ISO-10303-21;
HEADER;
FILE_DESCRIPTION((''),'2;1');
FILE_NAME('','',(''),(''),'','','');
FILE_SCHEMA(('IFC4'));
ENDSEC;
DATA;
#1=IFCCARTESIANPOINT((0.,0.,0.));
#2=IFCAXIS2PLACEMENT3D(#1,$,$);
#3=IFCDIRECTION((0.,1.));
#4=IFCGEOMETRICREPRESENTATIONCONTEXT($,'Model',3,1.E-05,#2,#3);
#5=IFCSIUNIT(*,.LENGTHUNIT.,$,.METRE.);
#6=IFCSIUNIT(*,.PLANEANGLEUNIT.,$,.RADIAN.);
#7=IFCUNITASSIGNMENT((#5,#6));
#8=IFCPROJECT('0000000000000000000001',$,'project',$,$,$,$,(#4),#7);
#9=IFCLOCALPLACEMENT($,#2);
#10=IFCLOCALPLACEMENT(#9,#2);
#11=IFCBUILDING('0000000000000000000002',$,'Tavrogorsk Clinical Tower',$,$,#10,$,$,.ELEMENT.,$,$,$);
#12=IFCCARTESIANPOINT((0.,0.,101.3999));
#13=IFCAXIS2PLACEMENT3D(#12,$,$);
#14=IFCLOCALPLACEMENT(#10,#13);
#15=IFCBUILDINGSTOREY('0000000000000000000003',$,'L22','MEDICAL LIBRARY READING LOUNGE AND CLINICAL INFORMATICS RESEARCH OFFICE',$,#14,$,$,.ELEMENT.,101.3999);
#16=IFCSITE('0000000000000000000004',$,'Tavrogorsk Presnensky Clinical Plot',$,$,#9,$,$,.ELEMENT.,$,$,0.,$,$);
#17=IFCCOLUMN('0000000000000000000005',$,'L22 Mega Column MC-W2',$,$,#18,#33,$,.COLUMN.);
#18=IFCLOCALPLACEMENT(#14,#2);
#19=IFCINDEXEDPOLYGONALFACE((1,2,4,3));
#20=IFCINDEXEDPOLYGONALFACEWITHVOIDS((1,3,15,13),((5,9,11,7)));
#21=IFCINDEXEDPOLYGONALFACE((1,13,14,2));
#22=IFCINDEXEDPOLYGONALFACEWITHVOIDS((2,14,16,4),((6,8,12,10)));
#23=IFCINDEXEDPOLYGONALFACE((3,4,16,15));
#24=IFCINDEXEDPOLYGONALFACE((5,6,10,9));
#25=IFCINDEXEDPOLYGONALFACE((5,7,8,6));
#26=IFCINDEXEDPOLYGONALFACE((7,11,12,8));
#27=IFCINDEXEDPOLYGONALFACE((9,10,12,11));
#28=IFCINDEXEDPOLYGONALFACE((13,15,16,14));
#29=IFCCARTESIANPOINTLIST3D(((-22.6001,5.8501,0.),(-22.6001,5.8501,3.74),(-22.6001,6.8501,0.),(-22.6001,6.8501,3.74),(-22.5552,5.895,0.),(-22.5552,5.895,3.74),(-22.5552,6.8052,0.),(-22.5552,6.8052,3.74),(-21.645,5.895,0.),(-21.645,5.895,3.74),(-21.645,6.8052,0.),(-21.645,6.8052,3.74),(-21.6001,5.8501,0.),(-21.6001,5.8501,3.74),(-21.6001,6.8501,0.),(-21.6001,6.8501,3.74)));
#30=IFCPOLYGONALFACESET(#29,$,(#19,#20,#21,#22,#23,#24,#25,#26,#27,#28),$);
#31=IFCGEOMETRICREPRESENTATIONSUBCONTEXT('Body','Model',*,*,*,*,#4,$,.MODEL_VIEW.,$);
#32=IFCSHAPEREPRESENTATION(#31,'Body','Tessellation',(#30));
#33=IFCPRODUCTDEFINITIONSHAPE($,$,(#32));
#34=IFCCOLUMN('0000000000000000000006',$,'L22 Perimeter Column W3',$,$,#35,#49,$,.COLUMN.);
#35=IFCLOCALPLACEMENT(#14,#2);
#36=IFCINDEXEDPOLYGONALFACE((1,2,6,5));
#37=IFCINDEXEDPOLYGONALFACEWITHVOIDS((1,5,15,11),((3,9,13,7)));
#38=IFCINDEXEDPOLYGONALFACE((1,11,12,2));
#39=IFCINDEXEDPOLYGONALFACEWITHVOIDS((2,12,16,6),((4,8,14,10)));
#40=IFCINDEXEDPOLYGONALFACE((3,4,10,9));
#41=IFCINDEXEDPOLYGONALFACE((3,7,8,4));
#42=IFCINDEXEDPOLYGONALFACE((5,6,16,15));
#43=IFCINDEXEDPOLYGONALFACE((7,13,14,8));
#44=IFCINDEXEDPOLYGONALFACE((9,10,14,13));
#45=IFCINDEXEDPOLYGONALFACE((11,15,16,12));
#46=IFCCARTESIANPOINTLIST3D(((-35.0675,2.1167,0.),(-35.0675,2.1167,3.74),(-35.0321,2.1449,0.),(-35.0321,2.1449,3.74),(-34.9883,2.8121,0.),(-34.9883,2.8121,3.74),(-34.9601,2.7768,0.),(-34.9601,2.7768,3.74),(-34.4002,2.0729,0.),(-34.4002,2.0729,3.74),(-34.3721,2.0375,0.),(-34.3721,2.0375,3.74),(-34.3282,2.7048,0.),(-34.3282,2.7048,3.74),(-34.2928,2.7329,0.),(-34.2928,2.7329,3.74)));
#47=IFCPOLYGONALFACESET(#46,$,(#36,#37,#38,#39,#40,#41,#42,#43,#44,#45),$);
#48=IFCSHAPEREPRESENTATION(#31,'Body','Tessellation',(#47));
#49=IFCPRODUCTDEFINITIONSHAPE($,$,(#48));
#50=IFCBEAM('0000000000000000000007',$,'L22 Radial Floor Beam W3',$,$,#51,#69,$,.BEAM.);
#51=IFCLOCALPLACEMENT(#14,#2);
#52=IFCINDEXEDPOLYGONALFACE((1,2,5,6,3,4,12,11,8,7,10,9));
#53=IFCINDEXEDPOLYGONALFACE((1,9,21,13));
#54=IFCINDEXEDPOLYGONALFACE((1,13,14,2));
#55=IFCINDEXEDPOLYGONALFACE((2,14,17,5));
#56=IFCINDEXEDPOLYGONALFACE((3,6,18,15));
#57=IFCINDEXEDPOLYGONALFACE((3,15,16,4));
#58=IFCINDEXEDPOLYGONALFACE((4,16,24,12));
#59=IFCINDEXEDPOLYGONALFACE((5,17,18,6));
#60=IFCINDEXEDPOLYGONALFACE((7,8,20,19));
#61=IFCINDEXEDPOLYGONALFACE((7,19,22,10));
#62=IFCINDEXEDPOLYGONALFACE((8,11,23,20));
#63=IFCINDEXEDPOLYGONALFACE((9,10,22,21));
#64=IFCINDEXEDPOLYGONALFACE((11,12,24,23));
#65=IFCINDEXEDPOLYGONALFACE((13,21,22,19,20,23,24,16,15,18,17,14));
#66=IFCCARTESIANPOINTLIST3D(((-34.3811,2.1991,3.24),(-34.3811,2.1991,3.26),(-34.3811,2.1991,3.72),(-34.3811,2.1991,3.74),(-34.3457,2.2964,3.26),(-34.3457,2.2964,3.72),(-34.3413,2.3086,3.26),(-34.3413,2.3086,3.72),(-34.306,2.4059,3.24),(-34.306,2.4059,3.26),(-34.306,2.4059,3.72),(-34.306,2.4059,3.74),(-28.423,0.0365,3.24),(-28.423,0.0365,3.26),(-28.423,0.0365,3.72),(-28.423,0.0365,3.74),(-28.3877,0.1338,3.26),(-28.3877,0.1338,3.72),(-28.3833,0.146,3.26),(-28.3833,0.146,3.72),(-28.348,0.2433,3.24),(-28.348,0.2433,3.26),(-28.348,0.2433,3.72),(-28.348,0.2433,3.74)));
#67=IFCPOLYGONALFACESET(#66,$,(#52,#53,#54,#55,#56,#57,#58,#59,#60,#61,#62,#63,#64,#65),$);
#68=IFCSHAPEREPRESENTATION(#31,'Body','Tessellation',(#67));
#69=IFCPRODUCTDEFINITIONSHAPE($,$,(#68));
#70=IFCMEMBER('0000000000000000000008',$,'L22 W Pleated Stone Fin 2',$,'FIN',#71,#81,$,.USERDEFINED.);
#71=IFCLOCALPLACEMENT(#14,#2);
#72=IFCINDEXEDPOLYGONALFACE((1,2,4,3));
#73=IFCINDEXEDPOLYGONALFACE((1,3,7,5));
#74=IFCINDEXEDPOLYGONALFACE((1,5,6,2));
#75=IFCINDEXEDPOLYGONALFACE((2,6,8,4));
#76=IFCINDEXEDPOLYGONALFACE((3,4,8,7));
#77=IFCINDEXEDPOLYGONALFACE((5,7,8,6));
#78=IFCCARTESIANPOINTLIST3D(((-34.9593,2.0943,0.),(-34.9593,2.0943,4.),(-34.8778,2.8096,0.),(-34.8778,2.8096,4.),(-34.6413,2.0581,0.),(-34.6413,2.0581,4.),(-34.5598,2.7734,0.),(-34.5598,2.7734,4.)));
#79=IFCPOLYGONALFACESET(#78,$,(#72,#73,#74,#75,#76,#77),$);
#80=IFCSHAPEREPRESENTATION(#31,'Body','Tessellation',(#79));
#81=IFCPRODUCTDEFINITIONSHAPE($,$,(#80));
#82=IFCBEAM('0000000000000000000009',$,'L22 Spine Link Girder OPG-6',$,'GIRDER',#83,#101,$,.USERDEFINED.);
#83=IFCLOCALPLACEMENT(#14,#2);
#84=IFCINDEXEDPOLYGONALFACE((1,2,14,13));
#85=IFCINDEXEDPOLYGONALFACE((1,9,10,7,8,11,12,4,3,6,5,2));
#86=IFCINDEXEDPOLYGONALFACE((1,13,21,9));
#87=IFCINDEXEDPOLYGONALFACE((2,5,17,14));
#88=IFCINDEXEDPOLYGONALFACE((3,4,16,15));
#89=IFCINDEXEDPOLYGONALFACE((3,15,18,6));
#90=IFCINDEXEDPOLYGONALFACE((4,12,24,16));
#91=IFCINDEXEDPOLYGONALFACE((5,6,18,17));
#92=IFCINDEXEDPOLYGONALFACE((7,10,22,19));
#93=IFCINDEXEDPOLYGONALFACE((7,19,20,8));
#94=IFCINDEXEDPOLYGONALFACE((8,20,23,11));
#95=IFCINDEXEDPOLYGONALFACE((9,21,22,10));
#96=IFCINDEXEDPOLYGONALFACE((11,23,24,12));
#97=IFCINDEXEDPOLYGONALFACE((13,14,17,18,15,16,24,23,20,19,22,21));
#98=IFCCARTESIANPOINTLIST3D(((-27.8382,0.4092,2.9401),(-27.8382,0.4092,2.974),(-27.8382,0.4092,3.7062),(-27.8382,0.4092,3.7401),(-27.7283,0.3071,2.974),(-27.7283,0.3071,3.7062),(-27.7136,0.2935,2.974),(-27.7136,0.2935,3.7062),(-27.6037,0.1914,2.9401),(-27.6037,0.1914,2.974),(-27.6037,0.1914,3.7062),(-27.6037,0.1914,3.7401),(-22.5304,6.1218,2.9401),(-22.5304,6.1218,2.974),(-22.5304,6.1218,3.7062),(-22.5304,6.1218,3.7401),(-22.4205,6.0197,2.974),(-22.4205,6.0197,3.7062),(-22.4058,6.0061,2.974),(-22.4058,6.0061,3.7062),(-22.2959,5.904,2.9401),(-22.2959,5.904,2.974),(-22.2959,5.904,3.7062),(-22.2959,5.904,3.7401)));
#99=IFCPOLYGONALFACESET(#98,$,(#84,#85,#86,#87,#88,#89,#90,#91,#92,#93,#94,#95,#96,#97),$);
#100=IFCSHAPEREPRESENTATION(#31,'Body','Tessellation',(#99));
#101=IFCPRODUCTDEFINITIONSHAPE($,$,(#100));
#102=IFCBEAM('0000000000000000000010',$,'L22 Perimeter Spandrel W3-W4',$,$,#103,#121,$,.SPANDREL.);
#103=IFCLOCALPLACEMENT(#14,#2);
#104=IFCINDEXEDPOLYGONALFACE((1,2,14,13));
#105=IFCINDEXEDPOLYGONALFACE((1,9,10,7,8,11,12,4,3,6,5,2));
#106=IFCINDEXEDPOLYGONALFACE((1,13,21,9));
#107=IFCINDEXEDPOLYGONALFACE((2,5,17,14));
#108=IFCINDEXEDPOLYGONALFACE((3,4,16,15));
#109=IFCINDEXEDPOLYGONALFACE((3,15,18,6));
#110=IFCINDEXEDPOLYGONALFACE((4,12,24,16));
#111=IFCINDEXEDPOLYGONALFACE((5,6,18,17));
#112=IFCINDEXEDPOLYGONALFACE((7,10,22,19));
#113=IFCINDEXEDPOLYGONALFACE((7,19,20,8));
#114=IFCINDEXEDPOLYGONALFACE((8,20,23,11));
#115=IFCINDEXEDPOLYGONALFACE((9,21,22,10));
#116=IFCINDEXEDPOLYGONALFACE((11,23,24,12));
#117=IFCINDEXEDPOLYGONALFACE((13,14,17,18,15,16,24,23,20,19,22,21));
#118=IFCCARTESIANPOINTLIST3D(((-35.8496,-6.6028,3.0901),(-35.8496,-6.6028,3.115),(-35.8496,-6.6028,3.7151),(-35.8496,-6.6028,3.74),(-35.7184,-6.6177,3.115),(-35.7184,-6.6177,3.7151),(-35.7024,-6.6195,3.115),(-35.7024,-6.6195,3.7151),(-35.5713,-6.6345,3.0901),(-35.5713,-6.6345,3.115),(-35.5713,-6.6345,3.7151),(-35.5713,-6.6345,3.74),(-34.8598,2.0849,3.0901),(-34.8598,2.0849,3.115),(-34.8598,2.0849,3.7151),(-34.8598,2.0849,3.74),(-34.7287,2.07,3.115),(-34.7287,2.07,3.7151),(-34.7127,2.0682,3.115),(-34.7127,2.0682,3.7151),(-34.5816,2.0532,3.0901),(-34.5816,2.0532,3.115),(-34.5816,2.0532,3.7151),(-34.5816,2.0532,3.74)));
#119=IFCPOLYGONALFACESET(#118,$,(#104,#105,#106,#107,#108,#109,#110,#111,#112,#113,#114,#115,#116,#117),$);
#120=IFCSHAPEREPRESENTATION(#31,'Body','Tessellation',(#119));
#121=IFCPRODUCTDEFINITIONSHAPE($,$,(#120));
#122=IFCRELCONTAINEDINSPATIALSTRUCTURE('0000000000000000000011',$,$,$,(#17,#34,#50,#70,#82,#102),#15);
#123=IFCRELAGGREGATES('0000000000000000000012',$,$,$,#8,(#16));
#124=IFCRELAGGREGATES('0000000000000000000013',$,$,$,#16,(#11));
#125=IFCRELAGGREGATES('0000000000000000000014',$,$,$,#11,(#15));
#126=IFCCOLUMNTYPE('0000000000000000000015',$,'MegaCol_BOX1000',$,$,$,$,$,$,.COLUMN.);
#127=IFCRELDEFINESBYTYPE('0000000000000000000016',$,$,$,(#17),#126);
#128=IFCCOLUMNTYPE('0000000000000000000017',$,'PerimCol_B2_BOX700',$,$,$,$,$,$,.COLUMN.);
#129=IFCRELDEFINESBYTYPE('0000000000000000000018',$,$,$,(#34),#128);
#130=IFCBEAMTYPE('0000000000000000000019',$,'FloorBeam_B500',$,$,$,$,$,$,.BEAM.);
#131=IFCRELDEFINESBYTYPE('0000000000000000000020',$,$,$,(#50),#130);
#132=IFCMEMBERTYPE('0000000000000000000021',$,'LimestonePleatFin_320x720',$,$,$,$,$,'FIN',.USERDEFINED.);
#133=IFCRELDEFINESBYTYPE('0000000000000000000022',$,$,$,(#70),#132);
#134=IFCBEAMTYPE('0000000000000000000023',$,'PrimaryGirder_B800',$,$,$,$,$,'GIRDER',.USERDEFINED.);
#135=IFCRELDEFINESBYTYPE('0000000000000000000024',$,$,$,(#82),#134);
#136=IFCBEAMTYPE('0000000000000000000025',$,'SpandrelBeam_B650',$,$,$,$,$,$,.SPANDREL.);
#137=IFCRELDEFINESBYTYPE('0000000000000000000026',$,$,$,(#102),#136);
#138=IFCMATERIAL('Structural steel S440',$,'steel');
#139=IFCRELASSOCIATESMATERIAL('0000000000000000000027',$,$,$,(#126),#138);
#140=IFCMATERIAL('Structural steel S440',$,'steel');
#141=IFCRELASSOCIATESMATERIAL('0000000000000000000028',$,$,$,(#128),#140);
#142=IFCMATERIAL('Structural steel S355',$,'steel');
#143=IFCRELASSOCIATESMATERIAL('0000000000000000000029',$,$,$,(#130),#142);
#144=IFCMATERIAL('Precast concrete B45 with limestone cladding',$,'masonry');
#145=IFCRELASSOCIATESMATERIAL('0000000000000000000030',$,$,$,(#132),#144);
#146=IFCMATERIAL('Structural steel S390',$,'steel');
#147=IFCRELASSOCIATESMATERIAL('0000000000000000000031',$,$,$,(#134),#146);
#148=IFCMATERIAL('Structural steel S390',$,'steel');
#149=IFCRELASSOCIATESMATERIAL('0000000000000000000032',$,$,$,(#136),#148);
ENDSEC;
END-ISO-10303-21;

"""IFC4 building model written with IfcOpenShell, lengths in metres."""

from ifc_helpers import new_model, si_unit, direction, frame, origin, origin_2d, place, context, subcontext, project, spatial, rectangle, hollow_rectangle, i_section, extrude, material, material_profile, profile_set, type_object, element, save


model = new_model("IFC4")

# Units and contexts
model_context = context("Model", 3, precision=1e-05, world=origin(), true_north=direction((0.0, 1.0)))
body_context = subcontext(model_context, "Body", "Model", "MODEL_VIEW")
ifc_project = project(units=[si_unit("LENGTHUNIT", "METRE"), si_unit("PLANEANGLEUNIT", "RADIAN")], contexts=[model_context])

# Site, building, storey
site_placement = place(None, origin())
site = spatial("IfcSite", under=ifc_project, at=site_placement, Name="Tavrogorsk Presnensky Clinical Plot", CompositionType="ELEMENT", RefElevation=0.0)
building_placement = place(site_placement, origin())
building = spatial("IfcBuilding", under=site, at=building_placement, Name="Tavrogorsk Clinical Tower", CompositionType="ELEMENT")
storey_placement = place(building_placement, frame((0.0, 0.0, 101.3999)))
storey = spatial("IfcBuildingStorey", under=building, at=storey_placement, Name="L22", Description="MEDICAL LIBRARY READING LOUNGE AND CLINICAL INFORMATICS RESEARCH OFFICE", CompositionType="ELEMENT", Elevation=101.3999)

# Columns
ifc_material_1 = material(Name="Structural steel S440", Category="steel")
ifc_material_profile_1 = material_profile(ifc_material_1, hollow_rectangle(XDim=1.0, YDim=1.0, WallThickness=0.0449, at=origin_2d()), Name="BOX-1000x1000x45")
ifc_profile_set_1 = profile_set([ifc_material_profile_1], Name="Structural steel S440")
column_type_1 = type_object("IfcColumnType", Name="MegaCol_BOX1000", PredefinedType="COLUMN", material=ifc_profile_set_1)
column_1_placement = place(storey_placement, frame((-22.1001, 6.3501, 0.0), z_axis=(0.0, 0.0, 1.0), x_axis=(1.0, 0.0, 0.0)))
element("IfcColumn", 1, at=column_1_placement, inside=storey, type_object=column_type_1, Name="L22 Mega Column MC-W2", PredefinedType="COLUMN", context=body_context, shape_type="SweptSolid", body=[
    extrude(hollow_rectangle(XDim=1.0, YDim=1.0, WallThickness=0.0449, at=origin_2d()), origin(), (0.0, 0.0, 1.0), 3.74),
])
ifc_material_2 = material(Name="Structural steel S440", Category="steel")
ifc_material_profile_2 = material_profile(ifc_material_2, hollow_rectangle(XDim=0.7, YDim=0.7, WallThickness=0.032, at=origin_2d()), Name="BOX-700x700x32")
ifc_profile_set_2 = profile_set([ifc_material_profile_2], Name="Structural steel S440")
column_type_2 = type_object("IfcColumnType", Name="PerimCol_B2_BOX700", PredefinedType="COLUMN", material=ifc_profile_set_2)
column_2_placement = place(storey_placement, frame((-34.6802, 2.4248, 0.0), z_axis=(0.0, 0.0, 1.0), x_axis=(0.993572, -0.113203, 0.0)))
element("IfcColumn", 2, at=column_2_placement, inside=storey, type_object=column_type_2, Name="L22 Perimeter Column W3", PredefinedType="COLUMN", context=body_context, shape_type="SweptSolid", body=[
    extrude(hollow_rectangle(XDim=0.7, YDim=0.7, WallThickness=0.032, at=origin_2d()), origin(), (0.0, 0.0, 1.0), 3.74),
])

# Beam
ifc_material_3 = material(Name="Structural steel S355", Category="steel")
ifc_material_profile_3 = material_profile(ifc_material_3, i_section(OverallWidth=0.22, OverallDepth=0.5, WebThickness=0.0129, FlangeThickness=0.02, at=origin_2d()), Name="B-500x220x13x20")
ifc_profile_set_3 = profile_set([ifc_material_profile_3], Name="Structural steel S355")
beam_type_1 = type_object("IfcBeamType", Name="FloorBeam_B500", PredefinedType="BEAM", material=ifc_profile_set_3)
beam_1_placement = place(storey_placement, frame((-28.3855, 0.1399, 3.49), z_axis=(-0.939993, 0.341193, 0.0), x_axis=(-0.341193, -0.939993, 0.0)))
element("IfcBeam", 3, at=beam_1_placement, inside=storey, type_object=beam_type_1, Name="L22 Radial Floor Beam W3", PredefinedType="BEAM", context=body_context, shape_type="SweptSolid", body=[
    extrude(i_section(OverallWidth=0.22, OverallDepth=0.5, WebThickness=0.0129, FlangeThickness=0.02, at=origin_2d()), origin(), (0.0, 0.0, 1.0), 6.3384),
])

# Member
ifc_material_4 = material(Name="Precast concrete B45 with limestone cladding", Category="masonry")
ifc_material_profile_4 = material_profile(ifc_material_4, rectangle(XDim=0.3201, YDim=0.72, at=origin_2d()), Name="LIMESTONE-FIN-320x720")
ifc_profile_set_4 = profile_set([ifc_material_profile_4], Name="Precast concrete B45 with limestone cladding")
member_type = type_object("IfcMemberType", Name="LimestonePleatFin_320x720", ElementType="FIN", PredefinedType="USERDEFINED", material=ifc_profile_set_4)
member_placement = place(storey_placement, frame((-34.7595, 2.4338, 0.0), z_axis=(0.0, 0.0, 1.0), x_axis=(0.993572, -0.113203, 0.0)))
element("IfcMember", 4, at=member_placement, inside=storey, type_object=member_type, Name="L22 W Pleated Stone Fin 2", ObjectType="FIN", PredefinedType="USERDEFINED", context=body_context, shape_type="SweptSolid", body=[
    extrude(rectangle(XDim=0.3201, YDim=0.72, at=origin_2d()), origin(), (0.0, 0.0, 1.0), 4.0),
])

# Beams
ifc_material_5 = material(Name="Structural steel S390", Category="steel")
ifc_material_profile_5 = material_profile(ifc_material_5, i_section(OverallWidth=0.3201, OverallDepth=0.8, WebThickness=0.02, FlangeThickness=0.0339, at=origin_2d()), Name="B-800x320x20x34")
ifc_profile_set_5 = profile_set([ifc_material_profile_5], Name="Structural steel S390")
beam_type_2 = type_object("IfcBeamType", Name="PrimaryGirder_B800", ElementType="GIRDER", PredefinedType="USERDEFINED", material=ifc_profile_set_5)
beam_2_placement = place(storey_placement, frame((-27.7209, 0.3003, 3.3401), z_axis=(0.680676, 0.732585, 0.0), x_axis=(-0.732585, 0.680676, 0.0)))
element("IfcBeam", 5, at=beam_2_placement, inside=storey, type_object=beam_type_2, Name="L22 Spine Link Girder OPG-6", ObjectType="GIRDER", PredefinedType="USERDEFINED", context=body_context, shape_type="SweptSolid", body=[
    extrude(i_section(OverallWidth=0.3201, OverallDepth=0.8, WebThickness=0.02, FlangeThickness=0.0339, at=origin_2d()), origin(), (0.0, 0.0, 1.0), 7.7979),
])
ifc_material_6 = material(Name="Structural steel S390", Category="steel")
ifc_material_profile_6 = material_profile(ifc_material_6, i_section(OverallWidth=0.28, OverallDepth=0.6499, WebThickness=0.0161, FlangeThickness=0.0249, at=origin_2d()), Name="B-650x280x16x25")
ifc_profile_set_6 = profile_set([ifc_material_profile_6], Name="Structural steel S390")
beam_type_3 = type_object("IfcBeamType", Name="SpandrelBeam_B650", PredefinedType="SPANDREL", material=ifc_profile_set_6)
beam_3_placement = place(storey_placement, frame((-34.7207, 2.0691, 3.415), z_axis=(-0.113192, -0.993573, 0.0), x_axis=(0.993573, -0.113192, 0.0)))
element("IfcBeam", 6, at=beam_3_placement, inside=storey, type_object=beam_type_3, Name="L22 Perimeter Spandrel W3-W4", PredefinedType="SPANDREL", context=body_context, shape_type="SweptSolid", body=[
    extrude(i_section(OverallWidth=0.28, OverallDepth=0.6499, WebThickness=0.0161, FlangeThickness=0.0249, at=origin_2d()), origin(), (0.0, 0.0, 1.0), 8.7439),
])

save(model, "model.ifc")
